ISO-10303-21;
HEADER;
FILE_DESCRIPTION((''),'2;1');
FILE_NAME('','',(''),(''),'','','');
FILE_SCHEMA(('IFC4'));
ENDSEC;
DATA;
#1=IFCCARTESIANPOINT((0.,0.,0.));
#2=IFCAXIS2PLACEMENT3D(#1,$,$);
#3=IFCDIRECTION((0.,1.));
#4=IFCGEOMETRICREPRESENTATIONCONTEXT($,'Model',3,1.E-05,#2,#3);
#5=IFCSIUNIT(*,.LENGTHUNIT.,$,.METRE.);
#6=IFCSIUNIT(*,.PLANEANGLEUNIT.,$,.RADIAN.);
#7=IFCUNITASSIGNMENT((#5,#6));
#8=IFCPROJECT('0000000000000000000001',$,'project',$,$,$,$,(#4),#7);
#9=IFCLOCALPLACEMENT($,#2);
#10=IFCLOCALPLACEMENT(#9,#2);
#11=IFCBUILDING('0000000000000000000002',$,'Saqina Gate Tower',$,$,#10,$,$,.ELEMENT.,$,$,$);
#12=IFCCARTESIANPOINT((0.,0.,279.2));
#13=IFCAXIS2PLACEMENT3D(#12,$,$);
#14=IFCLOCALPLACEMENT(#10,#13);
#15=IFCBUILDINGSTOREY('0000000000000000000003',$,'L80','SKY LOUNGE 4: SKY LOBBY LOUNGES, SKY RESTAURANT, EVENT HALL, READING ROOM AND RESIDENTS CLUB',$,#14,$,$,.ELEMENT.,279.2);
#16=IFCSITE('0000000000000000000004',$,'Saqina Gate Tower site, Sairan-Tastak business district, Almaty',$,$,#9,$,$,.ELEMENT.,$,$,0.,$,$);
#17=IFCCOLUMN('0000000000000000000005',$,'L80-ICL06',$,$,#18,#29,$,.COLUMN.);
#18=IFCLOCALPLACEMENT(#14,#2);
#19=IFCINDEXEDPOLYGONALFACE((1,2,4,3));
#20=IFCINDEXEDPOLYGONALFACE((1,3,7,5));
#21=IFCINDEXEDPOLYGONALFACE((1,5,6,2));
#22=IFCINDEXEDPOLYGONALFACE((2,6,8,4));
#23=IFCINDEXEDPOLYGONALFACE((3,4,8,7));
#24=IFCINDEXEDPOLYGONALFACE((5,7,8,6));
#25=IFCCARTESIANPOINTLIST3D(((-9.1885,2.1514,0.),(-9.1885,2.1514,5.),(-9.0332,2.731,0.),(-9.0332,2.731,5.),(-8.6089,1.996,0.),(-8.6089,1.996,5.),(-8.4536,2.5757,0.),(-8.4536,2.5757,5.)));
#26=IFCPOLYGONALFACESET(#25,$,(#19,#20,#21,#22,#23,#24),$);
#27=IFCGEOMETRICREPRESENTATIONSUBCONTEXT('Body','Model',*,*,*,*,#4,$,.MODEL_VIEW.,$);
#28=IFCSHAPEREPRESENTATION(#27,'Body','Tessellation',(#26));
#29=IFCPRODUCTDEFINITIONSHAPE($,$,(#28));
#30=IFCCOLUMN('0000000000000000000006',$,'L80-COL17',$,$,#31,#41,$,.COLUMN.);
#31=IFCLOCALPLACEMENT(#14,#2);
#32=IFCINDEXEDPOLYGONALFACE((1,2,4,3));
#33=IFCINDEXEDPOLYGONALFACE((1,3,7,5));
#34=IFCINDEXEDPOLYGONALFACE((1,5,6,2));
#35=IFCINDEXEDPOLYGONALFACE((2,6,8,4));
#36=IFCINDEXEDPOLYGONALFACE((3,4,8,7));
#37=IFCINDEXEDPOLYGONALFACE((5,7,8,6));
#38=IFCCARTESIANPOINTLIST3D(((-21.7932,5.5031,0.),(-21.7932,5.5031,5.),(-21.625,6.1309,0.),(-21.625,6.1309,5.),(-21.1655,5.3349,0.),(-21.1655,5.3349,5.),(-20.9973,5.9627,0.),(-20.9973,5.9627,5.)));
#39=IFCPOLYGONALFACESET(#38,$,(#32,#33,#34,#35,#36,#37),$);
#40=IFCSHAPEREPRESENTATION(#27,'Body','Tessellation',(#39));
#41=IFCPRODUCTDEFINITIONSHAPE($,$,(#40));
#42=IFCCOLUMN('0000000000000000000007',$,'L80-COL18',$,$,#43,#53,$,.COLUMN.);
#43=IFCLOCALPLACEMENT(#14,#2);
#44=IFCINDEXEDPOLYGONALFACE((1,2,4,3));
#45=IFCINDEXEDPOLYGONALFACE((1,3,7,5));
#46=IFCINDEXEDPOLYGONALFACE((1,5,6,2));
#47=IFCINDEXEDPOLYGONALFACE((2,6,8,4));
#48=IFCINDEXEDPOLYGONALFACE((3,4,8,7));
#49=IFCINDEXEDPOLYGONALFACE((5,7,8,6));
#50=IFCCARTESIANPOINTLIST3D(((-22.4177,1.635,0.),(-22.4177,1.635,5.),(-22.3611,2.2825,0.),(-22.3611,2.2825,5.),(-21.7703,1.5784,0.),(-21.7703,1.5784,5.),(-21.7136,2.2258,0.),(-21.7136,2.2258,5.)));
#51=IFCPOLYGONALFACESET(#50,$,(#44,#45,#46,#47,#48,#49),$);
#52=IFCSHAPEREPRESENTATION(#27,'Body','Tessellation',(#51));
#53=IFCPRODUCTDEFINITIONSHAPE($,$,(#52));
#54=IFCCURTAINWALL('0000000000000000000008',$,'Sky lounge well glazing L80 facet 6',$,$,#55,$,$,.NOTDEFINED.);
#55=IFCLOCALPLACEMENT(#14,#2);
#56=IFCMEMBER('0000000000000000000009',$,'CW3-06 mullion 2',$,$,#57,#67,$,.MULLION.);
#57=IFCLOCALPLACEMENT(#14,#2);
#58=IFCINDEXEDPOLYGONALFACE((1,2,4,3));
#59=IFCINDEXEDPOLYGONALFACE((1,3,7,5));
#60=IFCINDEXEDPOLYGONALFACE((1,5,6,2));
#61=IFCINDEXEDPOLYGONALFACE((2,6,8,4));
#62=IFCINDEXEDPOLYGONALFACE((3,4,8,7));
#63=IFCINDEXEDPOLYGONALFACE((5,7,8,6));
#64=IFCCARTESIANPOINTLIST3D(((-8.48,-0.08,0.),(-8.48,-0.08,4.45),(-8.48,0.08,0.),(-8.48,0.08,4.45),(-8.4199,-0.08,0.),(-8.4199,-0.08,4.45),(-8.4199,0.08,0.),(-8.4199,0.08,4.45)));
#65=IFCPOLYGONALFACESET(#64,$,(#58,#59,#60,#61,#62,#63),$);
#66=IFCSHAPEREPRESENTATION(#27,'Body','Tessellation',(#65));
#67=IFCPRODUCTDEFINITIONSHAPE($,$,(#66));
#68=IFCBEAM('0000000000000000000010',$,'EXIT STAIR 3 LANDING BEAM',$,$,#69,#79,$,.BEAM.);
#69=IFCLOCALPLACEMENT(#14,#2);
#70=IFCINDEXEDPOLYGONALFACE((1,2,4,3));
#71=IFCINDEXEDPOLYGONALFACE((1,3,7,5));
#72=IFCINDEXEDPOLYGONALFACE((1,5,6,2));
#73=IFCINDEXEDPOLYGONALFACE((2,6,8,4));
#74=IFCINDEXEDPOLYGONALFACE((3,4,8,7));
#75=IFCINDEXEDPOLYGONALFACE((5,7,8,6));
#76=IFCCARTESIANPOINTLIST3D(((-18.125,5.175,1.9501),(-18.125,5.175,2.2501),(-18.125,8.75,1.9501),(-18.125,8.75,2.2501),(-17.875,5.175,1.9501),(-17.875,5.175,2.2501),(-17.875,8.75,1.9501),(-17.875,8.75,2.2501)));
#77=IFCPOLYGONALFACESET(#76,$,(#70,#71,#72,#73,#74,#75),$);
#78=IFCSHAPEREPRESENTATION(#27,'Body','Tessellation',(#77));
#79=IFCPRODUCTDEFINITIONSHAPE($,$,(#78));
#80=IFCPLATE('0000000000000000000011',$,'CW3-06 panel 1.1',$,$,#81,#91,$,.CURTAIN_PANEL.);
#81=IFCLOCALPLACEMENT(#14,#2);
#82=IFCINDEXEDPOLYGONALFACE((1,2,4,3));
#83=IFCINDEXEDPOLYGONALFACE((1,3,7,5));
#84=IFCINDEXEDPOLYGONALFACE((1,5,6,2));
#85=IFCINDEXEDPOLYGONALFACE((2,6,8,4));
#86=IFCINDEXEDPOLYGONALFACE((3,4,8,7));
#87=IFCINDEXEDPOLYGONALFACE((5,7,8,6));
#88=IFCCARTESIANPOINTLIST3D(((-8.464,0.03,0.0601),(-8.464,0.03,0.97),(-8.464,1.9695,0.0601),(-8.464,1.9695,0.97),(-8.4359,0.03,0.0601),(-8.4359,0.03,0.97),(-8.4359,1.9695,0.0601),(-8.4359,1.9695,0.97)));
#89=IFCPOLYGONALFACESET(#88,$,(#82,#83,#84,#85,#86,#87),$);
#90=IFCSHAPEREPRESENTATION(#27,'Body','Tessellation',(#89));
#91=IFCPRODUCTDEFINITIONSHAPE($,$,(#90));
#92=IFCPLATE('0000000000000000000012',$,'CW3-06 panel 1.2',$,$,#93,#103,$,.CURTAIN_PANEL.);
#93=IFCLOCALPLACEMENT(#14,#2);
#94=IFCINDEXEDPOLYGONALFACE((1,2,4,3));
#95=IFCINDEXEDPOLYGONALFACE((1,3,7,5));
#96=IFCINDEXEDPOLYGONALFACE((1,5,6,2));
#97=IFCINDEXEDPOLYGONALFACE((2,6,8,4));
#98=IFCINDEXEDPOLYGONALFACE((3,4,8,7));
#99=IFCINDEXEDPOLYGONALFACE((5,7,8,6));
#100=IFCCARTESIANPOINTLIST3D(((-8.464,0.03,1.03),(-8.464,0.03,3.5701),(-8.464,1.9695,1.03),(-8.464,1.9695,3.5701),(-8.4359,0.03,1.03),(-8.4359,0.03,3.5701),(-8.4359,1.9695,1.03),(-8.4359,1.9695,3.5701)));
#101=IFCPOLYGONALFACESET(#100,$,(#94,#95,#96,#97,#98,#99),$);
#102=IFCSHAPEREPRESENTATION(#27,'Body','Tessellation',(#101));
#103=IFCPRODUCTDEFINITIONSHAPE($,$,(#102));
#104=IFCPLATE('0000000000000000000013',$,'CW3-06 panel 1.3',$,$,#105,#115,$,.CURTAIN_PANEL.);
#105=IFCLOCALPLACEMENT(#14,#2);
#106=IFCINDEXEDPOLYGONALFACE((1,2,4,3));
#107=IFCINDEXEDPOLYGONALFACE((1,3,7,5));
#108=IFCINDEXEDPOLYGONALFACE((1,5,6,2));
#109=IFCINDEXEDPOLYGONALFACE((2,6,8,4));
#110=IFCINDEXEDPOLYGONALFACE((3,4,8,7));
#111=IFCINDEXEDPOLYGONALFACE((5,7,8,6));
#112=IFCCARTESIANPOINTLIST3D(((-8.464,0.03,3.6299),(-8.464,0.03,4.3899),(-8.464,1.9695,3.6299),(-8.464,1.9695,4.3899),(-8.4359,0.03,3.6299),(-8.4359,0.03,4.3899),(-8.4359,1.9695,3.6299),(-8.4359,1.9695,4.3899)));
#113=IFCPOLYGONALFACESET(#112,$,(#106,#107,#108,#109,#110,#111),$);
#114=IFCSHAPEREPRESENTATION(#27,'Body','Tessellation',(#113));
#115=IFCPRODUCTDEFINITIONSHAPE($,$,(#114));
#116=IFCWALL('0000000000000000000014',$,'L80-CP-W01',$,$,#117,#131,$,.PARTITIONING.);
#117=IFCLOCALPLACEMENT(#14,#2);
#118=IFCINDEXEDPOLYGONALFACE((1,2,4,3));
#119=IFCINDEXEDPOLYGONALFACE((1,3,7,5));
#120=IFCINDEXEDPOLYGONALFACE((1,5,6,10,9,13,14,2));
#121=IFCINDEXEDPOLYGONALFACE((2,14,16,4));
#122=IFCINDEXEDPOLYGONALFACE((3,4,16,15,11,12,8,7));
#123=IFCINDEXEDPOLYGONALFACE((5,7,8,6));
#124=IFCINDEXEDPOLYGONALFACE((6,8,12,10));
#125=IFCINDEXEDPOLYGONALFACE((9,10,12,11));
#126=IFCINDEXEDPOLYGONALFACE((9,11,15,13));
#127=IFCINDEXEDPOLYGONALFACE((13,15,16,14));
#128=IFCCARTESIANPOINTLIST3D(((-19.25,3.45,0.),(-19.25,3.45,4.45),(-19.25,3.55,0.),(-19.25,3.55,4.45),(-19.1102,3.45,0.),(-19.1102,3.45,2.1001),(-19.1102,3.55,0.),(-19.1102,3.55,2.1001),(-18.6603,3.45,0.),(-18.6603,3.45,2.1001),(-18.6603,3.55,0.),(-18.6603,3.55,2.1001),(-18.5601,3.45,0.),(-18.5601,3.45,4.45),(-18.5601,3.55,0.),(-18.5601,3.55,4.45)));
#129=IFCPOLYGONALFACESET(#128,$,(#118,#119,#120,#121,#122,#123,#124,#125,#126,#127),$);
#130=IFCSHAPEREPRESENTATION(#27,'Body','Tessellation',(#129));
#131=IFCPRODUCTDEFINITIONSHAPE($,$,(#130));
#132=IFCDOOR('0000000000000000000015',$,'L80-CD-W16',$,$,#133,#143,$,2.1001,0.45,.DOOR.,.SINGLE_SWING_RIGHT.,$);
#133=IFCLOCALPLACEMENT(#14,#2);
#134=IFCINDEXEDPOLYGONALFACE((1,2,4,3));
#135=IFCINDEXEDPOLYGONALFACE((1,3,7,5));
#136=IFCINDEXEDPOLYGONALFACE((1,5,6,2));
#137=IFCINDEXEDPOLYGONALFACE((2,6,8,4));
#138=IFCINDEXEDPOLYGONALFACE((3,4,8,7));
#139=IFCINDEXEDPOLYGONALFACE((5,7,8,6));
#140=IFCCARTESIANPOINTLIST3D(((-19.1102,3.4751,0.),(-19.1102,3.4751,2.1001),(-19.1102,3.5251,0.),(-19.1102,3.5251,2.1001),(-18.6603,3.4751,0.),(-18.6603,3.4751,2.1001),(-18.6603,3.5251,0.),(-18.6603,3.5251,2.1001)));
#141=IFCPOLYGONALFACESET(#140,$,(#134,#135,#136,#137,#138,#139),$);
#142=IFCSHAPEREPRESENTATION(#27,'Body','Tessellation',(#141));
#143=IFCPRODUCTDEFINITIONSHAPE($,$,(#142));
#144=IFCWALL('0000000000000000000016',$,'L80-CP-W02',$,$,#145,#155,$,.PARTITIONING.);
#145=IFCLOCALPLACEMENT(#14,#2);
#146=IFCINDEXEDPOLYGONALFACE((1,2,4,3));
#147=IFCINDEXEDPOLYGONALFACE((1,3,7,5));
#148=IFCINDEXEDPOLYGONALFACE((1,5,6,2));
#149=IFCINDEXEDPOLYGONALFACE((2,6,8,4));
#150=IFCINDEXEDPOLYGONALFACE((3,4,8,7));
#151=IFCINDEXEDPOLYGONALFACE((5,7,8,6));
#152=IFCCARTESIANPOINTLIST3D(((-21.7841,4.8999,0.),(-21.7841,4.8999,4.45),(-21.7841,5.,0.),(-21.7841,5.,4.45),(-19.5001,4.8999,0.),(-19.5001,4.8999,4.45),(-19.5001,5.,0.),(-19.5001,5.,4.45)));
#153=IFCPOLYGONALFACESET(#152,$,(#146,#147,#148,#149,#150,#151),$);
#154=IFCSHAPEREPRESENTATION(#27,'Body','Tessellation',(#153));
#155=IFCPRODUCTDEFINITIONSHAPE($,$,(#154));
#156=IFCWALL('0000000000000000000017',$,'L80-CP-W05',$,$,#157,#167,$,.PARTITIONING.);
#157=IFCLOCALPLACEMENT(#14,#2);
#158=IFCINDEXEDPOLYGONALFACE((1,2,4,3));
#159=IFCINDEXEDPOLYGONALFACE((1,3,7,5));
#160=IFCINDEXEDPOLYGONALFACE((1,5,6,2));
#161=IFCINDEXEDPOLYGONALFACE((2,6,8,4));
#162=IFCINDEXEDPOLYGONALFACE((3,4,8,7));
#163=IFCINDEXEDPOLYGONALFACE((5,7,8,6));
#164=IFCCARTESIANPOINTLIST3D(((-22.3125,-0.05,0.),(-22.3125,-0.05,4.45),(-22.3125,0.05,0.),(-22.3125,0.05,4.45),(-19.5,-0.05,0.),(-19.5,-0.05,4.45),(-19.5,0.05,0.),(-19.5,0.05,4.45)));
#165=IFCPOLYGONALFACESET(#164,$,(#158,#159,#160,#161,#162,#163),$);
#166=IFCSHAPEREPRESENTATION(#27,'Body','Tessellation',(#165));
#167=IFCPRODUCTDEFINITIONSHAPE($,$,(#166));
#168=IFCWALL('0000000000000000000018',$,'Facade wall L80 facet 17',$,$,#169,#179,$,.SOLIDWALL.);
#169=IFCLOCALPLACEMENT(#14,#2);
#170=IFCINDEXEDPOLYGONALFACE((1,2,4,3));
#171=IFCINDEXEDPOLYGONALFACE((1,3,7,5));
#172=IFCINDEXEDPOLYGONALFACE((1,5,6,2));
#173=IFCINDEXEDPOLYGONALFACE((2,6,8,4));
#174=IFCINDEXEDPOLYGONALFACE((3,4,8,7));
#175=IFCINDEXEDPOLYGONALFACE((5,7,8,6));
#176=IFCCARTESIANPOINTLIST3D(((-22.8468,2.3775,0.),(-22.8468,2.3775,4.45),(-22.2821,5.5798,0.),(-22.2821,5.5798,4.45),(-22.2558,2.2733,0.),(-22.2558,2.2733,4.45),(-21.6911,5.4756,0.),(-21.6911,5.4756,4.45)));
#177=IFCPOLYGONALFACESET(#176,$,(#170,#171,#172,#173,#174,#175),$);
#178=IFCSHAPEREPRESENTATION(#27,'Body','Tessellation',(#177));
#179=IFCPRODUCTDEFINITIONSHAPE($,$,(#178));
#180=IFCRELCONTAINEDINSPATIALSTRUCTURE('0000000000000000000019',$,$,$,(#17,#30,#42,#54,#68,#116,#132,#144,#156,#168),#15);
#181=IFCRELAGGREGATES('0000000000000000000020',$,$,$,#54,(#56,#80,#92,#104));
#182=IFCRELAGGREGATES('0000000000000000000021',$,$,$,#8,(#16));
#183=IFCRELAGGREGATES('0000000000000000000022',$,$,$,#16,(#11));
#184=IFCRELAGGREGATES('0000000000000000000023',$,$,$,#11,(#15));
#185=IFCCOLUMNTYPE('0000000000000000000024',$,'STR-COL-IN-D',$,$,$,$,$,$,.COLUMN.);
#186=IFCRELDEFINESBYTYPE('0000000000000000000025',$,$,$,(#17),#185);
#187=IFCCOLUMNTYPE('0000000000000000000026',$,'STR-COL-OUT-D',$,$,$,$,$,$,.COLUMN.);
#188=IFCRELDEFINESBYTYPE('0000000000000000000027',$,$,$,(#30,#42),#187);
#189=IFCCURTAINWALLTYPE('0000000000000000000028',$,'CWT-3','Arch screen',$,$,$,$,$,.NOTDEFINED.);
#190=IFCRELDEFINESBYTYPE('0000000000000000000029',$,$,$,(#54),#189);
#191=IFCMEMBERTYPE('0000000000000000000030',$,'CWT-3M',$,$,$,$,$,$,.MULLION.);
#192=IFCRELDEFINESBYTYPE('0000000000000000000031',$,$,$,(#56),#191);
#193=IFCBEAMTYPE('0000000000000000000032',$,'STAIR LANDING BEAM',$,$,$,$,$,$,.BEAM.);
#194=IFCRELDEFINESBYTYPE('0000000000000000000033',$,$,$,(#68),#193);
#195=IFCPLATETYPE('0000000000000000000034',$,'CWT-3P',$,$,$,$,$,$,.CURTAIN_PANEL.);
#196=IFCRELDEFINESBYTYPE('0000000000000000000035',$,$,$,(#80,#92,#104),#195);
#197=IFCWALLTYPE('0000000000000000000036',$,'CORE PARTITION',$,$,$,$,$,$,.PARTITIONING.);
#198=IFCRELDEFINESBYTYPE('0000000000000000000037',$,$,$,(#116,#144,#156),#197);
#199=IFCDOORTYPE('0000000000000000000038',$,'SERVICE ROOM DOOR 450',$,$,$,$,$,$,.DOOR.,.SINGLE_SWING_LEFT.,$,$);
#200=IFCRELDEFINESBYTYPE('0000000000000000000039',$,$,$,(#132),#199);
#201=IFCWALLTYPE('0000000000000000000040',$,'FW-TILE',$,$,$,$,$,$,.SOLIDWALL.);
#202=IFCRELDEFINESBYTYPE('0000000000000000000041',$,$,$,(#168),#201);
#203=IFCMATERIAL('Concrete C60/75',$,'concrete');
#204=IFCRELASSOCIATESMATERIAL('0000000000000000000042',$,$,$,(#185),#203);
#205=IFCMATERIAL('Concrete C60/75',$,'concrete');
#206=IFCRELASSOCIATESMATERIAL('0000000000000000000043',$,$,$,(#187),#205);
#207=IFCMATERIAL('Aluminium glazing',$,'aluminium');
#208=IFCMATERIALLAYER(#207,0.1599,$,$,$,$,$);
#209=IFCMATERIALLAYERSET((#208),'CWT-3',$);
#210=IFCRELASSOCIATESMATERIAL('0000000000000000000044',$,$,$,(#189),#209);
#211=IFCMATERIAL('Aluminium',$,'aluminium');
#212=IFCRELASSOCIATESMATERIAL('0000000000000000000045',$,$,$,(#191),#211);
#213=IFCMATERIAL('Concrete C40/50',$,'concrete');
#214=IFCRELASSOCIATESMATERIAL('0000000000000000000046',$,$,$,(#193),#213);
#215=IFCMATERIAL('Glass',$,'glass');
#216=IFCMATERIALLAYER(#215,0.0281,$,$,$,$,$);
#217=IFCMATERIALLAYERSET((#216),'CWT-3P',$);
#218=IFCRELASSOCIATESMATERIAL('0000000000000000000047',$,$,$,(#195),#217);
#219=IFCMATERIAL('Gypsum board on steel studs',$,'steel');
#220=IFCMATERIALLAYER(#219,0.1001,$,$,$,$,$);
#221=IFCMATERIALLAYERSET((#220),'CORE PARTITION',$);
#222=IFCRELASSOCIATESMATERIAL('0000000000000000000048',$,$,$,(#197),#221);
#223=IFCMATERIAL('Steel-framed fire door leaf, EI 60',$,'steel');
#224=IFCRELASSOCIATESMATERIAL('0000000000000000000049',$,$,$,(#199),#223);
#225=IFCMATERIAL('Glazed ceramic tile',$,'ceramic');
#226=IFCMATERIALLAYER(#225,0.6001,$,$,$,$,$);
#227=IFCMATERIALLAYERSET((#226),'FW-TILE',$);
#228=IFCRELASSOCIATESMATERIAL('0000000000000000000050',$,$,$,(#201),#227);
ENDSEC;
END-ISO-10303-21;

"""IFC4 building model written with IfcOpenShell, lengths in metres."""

from ifc_helpers import new_model, si_unit, direction, frame, frame_2d, origin, origin_2d, place, context, subcontext, project, spatial, rectangle, extrude, material, layer, layer_set, material_profile, profile_set, type_object, element, fill, aggregate, save


model = new_model("IFC4")

# Units and contexts
model_context = context("Model", 3, precision=1e-05, world=origin(), true_north=direction((0.0, 1.0)))
body_context = subcontext(model_context, "Body", "Model", "MODEL_VIEW")
ifc_project = project(units=[si_unit("LENGTHUNIT", "METRE"), si_unit("PLANEANGLEUNIT", "RADIAN")], contexts=[model_context])

# Site, building, storey
site_placement = place(None, origin())
site = spatial("IfcSite", under=ifc_project, at=site_placement, Name="Saqina Gate Tower site, Sairan-Tastak business district, Almaty", CompositionType="ELEMENT", RefElevation=0.0)
building_placement = place(site_placement, origin())
building = spatial("IfcBuilding", under=site, at=building_placement, Name="Saqina Gate Tower", CompositionType="ELEMENT")
storey_placement = place(building_placement, frame((0.0, 0.0, 279.2)))
storey = spatial("IfcBuildingStorey", under=building, at=storey_placement, Name="L80", Description="SKY LOUNGE 4: SKY LOBBY LOUNGES, SKY RESTAURANT, EVENT HALL, READING ROOM AND RESIDENTS CLUB", CompositionType="ELEMENT", Elevation=279.2)

# Columns
ifc_material_1 = material(Name="Concrete C60/75", Category="concrete")
ifc_material_profile_1 = material_profile(ifc_material_1, rectangle(XDim=0.6001, YDim=0.6001, at=origin_2d()), Name="RC 600x600")
ifc_profile_set_1 = profile_set([ifc_material_profile_1], Name="Concrete C60/75")
column_type_1 = type_object("IfcColumnType", Name="STR-COL-IN-D", PredefinedType="COLUMN", material=ifc_profile_set_1)
column_placement = place(storey_placement, frame((-8.821, 2.3635, 0.0), z_axis=(0.0, 0.0, 1.0), x_axis=(-0.965926, 0.258819, 0.0)))
element("IfcColumn", 1, at=column_placement, inside=storey, type_object=column_type_1, Name="L80-ICL06", PredefinedType="COLUMN", context=body_context, shape_type="SweptSolid", body=[
    extrude(rectangle(XDim=0.6001, YDim=0.6001, at=origin_2d()), origin(), (0.0, 0.0, 1.0), 5.0),
])
ifc_material_2 = material(Name="Concrete C60/75", Category="concrete")
ifc_material_profile_2 = material_profile(ifc_material_2, rectangle(XDim=0.6499, YDim=0.6499, at=origin_2d()), Name="RC 650x650")
ifc_profile_set_2 = profile_set([ifc_material_profile_2], Name="Concrete C60/75")
column_type_2 = type_object("IfcColumnType", Name="STR-COL-OUT-D", PredefinedType="COLUMN", material=ifc_profile_set_2)
for number, where, z_axis, x_axis, name in (
    (2, (-21.3953, 5.7329, 0.0), (0.0, 0.0, 1.0), (-0.965926, 0.258819, 0.0), "L80-COL17"),
    (3, (-22.0657, 1.9304, 0.0), (0.0, 0.0, 1.0), (-0.996195, 0.087156, 0.0), "L80-COL18"),
):
    element("IfcColumn", number, at=place(storey_placement, frame(where, z_axis=z_axis, x_axis=x_axis)), inside=storey, type_object=column_type_2, Name=name, PredefinedType="COLUMN", context=body_context, shape_type="SweptSolid", body=[
        extrude(rectangle(XDim=0.6499, YDim=0.6499, at=origin_2d()), origin(), (0.0, 0.0, 1.0), 5.0),
    ])

# Curtain wall, member
ifc_material_3 = material(Name="Aluminium glazing", Category="aluminium")
ifc_layer_1 = layer(ifc_material_3, 0.1599)
ifc_layer_set_1 = layer_set([ifc_layer_1], Name="CWT-3")
curtain_wall_type = type_object("IfcCurtainWallType", Name="CWT-3", Description="Arch screen", PredefinedType="NOTDEFINED", material=ifc_layer_set_1)
curtain_wall_placement = place(storey_placement, origin())
curtain_wall = element("IfcCurtainWall", 4, at=curtain_wall_placement, inside=storey, type_object=curtain_wall_type, Name="Sky lounge well glazing L80 facet 6", PredefinedType="NOTDEFINED")
ifc_material_4 = material(Name="Aluminium", Category="aluminium")
ifc_material_profile_3 = material_profile(ifc_material_4, rectangle(XDim=0.0601, YDim=0.1599, at=origin_2d()), Name="Aluminium 60x160")
ifc_profile_set_3 = profile_set([ifc_material_profile_3], Name="Aluminium")
member_type = type_object("IfcMemberType", Name="CWT-3M", PredefinedType="MULLION", material=ifc_profile_set_3)
member_placement = place(storey_placement, frame((-8.45, 0.0, 0.0), z_axis=(0.0, 0.0, 1.0), x_axis=(1.0, 0.0, 0.0)))
member = element("IfcMember", 5, at=member_placement, type_object=member_type, Name="CW3-06 mullion 2", PredefinedType="MULLION", context=body_context, shape_type="SweptSolid", body=[
    extrude(rectangle(XDim=0.0601, YDim=0.1599, at=origin_2d()), origin(), (0.0, 0.0, 1.0), 4.45),
])

# Beam
ifc_material_5 = material(Name="Concrete C40/50", Category="concrete")
ifc_material_profile_4 = material_profile(ifc_material_5, rectangle(XDim=0.25, YDim=0.3, at=origin_2d()), Name="STAIR LANDING BEAM")
ifc_profile_set_4 = profile_set([ifc_material_profile_4], Name="Concrete C40/50")
beam_type = type_object("IfcBeamType", Name="STAIR LANDING BEAM", PredefinedType="BEAM", material=ifc_profile_set_4)
beam_placement = place(storey_placement, frame((-18.0, 5.175, 2.1001), z_axis=(0.0, 1.0, 0.0), x_axis=(-1.0, 0.0, 0.0)))
element("IfcBeam", 6, at=beam_placement, inside=storey, type_object=beam_type, Name="EXIT STAIR 3 LANDING BEAM", PredefinedType="BEAM", context=body_context, shape_type="SweptSolid", body=[
    extrude(rectangle(XDim=0.25, YDim=0.3, at=origin_2d()), origin(), (0.0, 0.0, 1.0), 3.575),
])

# Plates
ifc_material_6 = material(Name="Glass", Category="glass")
ifc_layer_2 = layer(ifc_material_6, 0.0281)
ifc_layer_set_2 = layer_set([ifc_layer_2], Name="CWT-3P")
plate_type = type_object("IfcPlateType", Name="CWT-3P", PredefinedType="CURTAIN_PANEL", material=ifc_layer_set_2)
plate_1_placement = place(storey_placement, frame((-8.45, 0.9998, 0.0601), z_axis=(0.0, 0.0, 1.0), x_axis=(0.0, -1.0, 0.0)))
plate_1 = element("IfcPlate", 7, at=plate_1_placement, type_object=plate_type, Name="CW3-06 panel 1.1", PredefinedType="CURTAIN_PANEL", context=body_context, shape_type="SweptSolid", body=[
    extrude(rectangle(XDim=1.9395, YDim=0.0281, at=origin_2d()), origin(), (0.0, 0.0, 1.0), 0.9099),
])
plate_2_placement = place(storey_placement, frame((-8.45, 0.9998, 1.03), z_axis=(0.0, 0.0, 1.0), x_axis=(0.0, -1.0, 0.0)))
plate_2 = element("IfcPlate", 8, at=plate_2_placement, type_object=plate_type, Name="CW3-06 panel 1.2", PredefinedType="CURTAIN_PANEL", context=body_context, shape_type="SweptSolid", body=[
    extrude(rectangle(XDim=1.9395, YDim=0.0281, at=origin_2d()), origin(), (0.0, 0.0, 1.0), 2.54),
])
plate_3_placement = place(storey_placement, frame((-8.45, 0.9998, 3.6299), z_axis=(0.0, 0.0, 1.0), x_axis=(0.0, -1.0, 0.0)))
plate_3 = element("IfcPlate", 9, at=plate_3_placement, type_object=plate_type, Name="CW3-06 panel 1.3", PredefinedType="CURTAIN_PANEL", context=body_context, shape_type="SweptSolid", body=[
    extrude(rectangle(XDim=1.9395, YDim=0.0281, at=origin_2d()), origin(), (0.0, 0.0, 1.0), 0.76),
])
aggregate(curtain_wall, [member, plate_1, plate_2, plate_3])

# Wall, opening, door
ifc_material_7 = material(Name="Gypsum board on steel studs", Category="steel")
ifc_layer_3 = layer(ifc_material_7, 0.1001)
ifc_layer_set_3 = layer_set([ifc_layer_3], Name="CORE PARTITION")
wall_type_1 = type_object("IfcWallType", Name="CORE PARTITION", PredefinedType="PARTITIONING", material=ifc_layer_set_3)
wall_1_placement = place(storey_placement, frame((-18.5601, 3.5, 0.0), z_axis=(0.0, 0.0, 1.0), x_axis=(-1.0, 0.0, 0.0)))
wall_1 = element("IfcWall", 10, at=wall_1_placement, inside=storey, type_object=wall_type_1, Name="L80-CP-W01", PredefinedType="PARTITIONING", context=body_context, shape_type="SweptSolid", body=[
    extrude(rectangle(XDim=0.6899, YDim=0.1001, at=frame_2d((0.345, 0.0))), origin(), (0.0, 0.0, 1.0), 4.45),
])
opening_1_placement = place(wall_1_placement, frame((0.1001, 0.0, 0.0)))
opening_1 = element("IfcOpeningElement", 11, at=opening_1_placement, cuts=wall_1, PredefinedType="OPENING", context=body_context, shape_type="SweptSolid", body=[
    extrude(rectangle(XDim=0.45, YDim=2.1001, at=frame_2d((0.2251, 1.05))), frame((0.0, 0.062, 0.0), z_axis=(0.0, -1.0, 0.0), x_axis=(1.0, 0.0, 0.0)), (0.0, 0.0, 1.0), 0.124),
])
ifc_material_8 = material(Name="Steel-framed fire door leaf, EI 60", Category="steel")
door_type_1 = type_object("IfcDoorType", Name="SERVICE ROOM DOOR 450", OperationType="SINGLE_SWING_LEFT", PredefinedType="DOOR", material=ifc_material_8)
door_1_placement = place(opening_1_placement, origin())
door_1 = element("IfcDoor", 12, at=door_1_placement, inside=storey, type_object=door_type_1, Name="L80-CD-W16", OperationType="SINGLE_SWING_RIGHT", OverallHeight=2.1001, OverallWidth=0.45, PredefinedType="DOOR", context=body_context, shape_type="SweptSolid", body=[
    extrude(rectangle(XDim=0.45, YDim=2.1001, at=frame_2d((0.2251, 1.05))), frame((0.0, 0.0249, 0.0), z_axis=(0.0, -1.0, 0.0), x_axis=(1.0, 0.0, 0.0)), (0.0, 0.0, 1.0), 0.05),
])
fill(opening_1, door_1)

# Walls
wall_2_placement = place(storey_placement, frame((-19.5, 4.95, 0.0), z_axis=(0.0, 0.0, 1.0), x_axis=(-1.0, 0.0, 0.0)))
element("IfcWall", 13, at=wall_2_placement, inside=storey, type_object=wall_type_1, Name="L80-CP-W02", PredefinedType="PARTITIONING", context=body_context, shape_type="SweptSolid", body=[
    extrude(rectangle(XDim=2.2839, YDim=0.1001, at=frame_2d((1.1421, 0.0))), origin(), (0.0, 0.0, 1.0), 4.45),
])
wall_3_placement = place(storey_placement, frame((-19.5, 0.0, 0.0), z_axis=(0.0, 0.0, 1.0), x_axis=(-1.0, 0.0, 0.0)))
element("IfcWall", 14, at=wall_3_placement, inside=storey, type_object=wall_type_1, Name="L80-CP-W05", PredefinedType="PARTITIONING", context=body_context, shape_type="SweptSolid", body=[
    extrude(rectangle(XDim=2.8125, YDim=0.1001, at=frame_2d((1.4062, 0.0))), origin(), (0.0, 0.0, 1.0), 4.45),
])
ifc_material_9 = material(Name="Glazed ceramic tile", Category="ceramic")
ifc_layer_4 = layer(ifc_material_9, 0.6001)
ifc_layer_set_4 = layer_set([ifc_layer_4], Name="FW-TILE")
wall_type_2 = type_object("IfcWallType", Name="FW-TILE", PredefinedType="SOLIDWALL", material=ifc_layer_set_4)
wall_4_placement = place(storey_placement, frame((-21.9866, 5.5278, 0.0), z_axis=(0.0, 0.0, 1.0), x_axis=(-0.173657, -0.984806, 0.0)))
element("IfcWall", 15, at=wall_4_placement, inside=storey, type_object=wall_type_2, Name="Facade wall L80 facet 17", PredefinedType="SOLIDWALL", context=body_context, shape_type="SweptSolid", body=[
    extrude(rectangle(XDim=3.2517, YDim=0.6001, at=frame_2d((1.626, 0.0))), origin(), (0.0, 0.0, 1.0), 4.45),
])

save(model, "model.ifc")
